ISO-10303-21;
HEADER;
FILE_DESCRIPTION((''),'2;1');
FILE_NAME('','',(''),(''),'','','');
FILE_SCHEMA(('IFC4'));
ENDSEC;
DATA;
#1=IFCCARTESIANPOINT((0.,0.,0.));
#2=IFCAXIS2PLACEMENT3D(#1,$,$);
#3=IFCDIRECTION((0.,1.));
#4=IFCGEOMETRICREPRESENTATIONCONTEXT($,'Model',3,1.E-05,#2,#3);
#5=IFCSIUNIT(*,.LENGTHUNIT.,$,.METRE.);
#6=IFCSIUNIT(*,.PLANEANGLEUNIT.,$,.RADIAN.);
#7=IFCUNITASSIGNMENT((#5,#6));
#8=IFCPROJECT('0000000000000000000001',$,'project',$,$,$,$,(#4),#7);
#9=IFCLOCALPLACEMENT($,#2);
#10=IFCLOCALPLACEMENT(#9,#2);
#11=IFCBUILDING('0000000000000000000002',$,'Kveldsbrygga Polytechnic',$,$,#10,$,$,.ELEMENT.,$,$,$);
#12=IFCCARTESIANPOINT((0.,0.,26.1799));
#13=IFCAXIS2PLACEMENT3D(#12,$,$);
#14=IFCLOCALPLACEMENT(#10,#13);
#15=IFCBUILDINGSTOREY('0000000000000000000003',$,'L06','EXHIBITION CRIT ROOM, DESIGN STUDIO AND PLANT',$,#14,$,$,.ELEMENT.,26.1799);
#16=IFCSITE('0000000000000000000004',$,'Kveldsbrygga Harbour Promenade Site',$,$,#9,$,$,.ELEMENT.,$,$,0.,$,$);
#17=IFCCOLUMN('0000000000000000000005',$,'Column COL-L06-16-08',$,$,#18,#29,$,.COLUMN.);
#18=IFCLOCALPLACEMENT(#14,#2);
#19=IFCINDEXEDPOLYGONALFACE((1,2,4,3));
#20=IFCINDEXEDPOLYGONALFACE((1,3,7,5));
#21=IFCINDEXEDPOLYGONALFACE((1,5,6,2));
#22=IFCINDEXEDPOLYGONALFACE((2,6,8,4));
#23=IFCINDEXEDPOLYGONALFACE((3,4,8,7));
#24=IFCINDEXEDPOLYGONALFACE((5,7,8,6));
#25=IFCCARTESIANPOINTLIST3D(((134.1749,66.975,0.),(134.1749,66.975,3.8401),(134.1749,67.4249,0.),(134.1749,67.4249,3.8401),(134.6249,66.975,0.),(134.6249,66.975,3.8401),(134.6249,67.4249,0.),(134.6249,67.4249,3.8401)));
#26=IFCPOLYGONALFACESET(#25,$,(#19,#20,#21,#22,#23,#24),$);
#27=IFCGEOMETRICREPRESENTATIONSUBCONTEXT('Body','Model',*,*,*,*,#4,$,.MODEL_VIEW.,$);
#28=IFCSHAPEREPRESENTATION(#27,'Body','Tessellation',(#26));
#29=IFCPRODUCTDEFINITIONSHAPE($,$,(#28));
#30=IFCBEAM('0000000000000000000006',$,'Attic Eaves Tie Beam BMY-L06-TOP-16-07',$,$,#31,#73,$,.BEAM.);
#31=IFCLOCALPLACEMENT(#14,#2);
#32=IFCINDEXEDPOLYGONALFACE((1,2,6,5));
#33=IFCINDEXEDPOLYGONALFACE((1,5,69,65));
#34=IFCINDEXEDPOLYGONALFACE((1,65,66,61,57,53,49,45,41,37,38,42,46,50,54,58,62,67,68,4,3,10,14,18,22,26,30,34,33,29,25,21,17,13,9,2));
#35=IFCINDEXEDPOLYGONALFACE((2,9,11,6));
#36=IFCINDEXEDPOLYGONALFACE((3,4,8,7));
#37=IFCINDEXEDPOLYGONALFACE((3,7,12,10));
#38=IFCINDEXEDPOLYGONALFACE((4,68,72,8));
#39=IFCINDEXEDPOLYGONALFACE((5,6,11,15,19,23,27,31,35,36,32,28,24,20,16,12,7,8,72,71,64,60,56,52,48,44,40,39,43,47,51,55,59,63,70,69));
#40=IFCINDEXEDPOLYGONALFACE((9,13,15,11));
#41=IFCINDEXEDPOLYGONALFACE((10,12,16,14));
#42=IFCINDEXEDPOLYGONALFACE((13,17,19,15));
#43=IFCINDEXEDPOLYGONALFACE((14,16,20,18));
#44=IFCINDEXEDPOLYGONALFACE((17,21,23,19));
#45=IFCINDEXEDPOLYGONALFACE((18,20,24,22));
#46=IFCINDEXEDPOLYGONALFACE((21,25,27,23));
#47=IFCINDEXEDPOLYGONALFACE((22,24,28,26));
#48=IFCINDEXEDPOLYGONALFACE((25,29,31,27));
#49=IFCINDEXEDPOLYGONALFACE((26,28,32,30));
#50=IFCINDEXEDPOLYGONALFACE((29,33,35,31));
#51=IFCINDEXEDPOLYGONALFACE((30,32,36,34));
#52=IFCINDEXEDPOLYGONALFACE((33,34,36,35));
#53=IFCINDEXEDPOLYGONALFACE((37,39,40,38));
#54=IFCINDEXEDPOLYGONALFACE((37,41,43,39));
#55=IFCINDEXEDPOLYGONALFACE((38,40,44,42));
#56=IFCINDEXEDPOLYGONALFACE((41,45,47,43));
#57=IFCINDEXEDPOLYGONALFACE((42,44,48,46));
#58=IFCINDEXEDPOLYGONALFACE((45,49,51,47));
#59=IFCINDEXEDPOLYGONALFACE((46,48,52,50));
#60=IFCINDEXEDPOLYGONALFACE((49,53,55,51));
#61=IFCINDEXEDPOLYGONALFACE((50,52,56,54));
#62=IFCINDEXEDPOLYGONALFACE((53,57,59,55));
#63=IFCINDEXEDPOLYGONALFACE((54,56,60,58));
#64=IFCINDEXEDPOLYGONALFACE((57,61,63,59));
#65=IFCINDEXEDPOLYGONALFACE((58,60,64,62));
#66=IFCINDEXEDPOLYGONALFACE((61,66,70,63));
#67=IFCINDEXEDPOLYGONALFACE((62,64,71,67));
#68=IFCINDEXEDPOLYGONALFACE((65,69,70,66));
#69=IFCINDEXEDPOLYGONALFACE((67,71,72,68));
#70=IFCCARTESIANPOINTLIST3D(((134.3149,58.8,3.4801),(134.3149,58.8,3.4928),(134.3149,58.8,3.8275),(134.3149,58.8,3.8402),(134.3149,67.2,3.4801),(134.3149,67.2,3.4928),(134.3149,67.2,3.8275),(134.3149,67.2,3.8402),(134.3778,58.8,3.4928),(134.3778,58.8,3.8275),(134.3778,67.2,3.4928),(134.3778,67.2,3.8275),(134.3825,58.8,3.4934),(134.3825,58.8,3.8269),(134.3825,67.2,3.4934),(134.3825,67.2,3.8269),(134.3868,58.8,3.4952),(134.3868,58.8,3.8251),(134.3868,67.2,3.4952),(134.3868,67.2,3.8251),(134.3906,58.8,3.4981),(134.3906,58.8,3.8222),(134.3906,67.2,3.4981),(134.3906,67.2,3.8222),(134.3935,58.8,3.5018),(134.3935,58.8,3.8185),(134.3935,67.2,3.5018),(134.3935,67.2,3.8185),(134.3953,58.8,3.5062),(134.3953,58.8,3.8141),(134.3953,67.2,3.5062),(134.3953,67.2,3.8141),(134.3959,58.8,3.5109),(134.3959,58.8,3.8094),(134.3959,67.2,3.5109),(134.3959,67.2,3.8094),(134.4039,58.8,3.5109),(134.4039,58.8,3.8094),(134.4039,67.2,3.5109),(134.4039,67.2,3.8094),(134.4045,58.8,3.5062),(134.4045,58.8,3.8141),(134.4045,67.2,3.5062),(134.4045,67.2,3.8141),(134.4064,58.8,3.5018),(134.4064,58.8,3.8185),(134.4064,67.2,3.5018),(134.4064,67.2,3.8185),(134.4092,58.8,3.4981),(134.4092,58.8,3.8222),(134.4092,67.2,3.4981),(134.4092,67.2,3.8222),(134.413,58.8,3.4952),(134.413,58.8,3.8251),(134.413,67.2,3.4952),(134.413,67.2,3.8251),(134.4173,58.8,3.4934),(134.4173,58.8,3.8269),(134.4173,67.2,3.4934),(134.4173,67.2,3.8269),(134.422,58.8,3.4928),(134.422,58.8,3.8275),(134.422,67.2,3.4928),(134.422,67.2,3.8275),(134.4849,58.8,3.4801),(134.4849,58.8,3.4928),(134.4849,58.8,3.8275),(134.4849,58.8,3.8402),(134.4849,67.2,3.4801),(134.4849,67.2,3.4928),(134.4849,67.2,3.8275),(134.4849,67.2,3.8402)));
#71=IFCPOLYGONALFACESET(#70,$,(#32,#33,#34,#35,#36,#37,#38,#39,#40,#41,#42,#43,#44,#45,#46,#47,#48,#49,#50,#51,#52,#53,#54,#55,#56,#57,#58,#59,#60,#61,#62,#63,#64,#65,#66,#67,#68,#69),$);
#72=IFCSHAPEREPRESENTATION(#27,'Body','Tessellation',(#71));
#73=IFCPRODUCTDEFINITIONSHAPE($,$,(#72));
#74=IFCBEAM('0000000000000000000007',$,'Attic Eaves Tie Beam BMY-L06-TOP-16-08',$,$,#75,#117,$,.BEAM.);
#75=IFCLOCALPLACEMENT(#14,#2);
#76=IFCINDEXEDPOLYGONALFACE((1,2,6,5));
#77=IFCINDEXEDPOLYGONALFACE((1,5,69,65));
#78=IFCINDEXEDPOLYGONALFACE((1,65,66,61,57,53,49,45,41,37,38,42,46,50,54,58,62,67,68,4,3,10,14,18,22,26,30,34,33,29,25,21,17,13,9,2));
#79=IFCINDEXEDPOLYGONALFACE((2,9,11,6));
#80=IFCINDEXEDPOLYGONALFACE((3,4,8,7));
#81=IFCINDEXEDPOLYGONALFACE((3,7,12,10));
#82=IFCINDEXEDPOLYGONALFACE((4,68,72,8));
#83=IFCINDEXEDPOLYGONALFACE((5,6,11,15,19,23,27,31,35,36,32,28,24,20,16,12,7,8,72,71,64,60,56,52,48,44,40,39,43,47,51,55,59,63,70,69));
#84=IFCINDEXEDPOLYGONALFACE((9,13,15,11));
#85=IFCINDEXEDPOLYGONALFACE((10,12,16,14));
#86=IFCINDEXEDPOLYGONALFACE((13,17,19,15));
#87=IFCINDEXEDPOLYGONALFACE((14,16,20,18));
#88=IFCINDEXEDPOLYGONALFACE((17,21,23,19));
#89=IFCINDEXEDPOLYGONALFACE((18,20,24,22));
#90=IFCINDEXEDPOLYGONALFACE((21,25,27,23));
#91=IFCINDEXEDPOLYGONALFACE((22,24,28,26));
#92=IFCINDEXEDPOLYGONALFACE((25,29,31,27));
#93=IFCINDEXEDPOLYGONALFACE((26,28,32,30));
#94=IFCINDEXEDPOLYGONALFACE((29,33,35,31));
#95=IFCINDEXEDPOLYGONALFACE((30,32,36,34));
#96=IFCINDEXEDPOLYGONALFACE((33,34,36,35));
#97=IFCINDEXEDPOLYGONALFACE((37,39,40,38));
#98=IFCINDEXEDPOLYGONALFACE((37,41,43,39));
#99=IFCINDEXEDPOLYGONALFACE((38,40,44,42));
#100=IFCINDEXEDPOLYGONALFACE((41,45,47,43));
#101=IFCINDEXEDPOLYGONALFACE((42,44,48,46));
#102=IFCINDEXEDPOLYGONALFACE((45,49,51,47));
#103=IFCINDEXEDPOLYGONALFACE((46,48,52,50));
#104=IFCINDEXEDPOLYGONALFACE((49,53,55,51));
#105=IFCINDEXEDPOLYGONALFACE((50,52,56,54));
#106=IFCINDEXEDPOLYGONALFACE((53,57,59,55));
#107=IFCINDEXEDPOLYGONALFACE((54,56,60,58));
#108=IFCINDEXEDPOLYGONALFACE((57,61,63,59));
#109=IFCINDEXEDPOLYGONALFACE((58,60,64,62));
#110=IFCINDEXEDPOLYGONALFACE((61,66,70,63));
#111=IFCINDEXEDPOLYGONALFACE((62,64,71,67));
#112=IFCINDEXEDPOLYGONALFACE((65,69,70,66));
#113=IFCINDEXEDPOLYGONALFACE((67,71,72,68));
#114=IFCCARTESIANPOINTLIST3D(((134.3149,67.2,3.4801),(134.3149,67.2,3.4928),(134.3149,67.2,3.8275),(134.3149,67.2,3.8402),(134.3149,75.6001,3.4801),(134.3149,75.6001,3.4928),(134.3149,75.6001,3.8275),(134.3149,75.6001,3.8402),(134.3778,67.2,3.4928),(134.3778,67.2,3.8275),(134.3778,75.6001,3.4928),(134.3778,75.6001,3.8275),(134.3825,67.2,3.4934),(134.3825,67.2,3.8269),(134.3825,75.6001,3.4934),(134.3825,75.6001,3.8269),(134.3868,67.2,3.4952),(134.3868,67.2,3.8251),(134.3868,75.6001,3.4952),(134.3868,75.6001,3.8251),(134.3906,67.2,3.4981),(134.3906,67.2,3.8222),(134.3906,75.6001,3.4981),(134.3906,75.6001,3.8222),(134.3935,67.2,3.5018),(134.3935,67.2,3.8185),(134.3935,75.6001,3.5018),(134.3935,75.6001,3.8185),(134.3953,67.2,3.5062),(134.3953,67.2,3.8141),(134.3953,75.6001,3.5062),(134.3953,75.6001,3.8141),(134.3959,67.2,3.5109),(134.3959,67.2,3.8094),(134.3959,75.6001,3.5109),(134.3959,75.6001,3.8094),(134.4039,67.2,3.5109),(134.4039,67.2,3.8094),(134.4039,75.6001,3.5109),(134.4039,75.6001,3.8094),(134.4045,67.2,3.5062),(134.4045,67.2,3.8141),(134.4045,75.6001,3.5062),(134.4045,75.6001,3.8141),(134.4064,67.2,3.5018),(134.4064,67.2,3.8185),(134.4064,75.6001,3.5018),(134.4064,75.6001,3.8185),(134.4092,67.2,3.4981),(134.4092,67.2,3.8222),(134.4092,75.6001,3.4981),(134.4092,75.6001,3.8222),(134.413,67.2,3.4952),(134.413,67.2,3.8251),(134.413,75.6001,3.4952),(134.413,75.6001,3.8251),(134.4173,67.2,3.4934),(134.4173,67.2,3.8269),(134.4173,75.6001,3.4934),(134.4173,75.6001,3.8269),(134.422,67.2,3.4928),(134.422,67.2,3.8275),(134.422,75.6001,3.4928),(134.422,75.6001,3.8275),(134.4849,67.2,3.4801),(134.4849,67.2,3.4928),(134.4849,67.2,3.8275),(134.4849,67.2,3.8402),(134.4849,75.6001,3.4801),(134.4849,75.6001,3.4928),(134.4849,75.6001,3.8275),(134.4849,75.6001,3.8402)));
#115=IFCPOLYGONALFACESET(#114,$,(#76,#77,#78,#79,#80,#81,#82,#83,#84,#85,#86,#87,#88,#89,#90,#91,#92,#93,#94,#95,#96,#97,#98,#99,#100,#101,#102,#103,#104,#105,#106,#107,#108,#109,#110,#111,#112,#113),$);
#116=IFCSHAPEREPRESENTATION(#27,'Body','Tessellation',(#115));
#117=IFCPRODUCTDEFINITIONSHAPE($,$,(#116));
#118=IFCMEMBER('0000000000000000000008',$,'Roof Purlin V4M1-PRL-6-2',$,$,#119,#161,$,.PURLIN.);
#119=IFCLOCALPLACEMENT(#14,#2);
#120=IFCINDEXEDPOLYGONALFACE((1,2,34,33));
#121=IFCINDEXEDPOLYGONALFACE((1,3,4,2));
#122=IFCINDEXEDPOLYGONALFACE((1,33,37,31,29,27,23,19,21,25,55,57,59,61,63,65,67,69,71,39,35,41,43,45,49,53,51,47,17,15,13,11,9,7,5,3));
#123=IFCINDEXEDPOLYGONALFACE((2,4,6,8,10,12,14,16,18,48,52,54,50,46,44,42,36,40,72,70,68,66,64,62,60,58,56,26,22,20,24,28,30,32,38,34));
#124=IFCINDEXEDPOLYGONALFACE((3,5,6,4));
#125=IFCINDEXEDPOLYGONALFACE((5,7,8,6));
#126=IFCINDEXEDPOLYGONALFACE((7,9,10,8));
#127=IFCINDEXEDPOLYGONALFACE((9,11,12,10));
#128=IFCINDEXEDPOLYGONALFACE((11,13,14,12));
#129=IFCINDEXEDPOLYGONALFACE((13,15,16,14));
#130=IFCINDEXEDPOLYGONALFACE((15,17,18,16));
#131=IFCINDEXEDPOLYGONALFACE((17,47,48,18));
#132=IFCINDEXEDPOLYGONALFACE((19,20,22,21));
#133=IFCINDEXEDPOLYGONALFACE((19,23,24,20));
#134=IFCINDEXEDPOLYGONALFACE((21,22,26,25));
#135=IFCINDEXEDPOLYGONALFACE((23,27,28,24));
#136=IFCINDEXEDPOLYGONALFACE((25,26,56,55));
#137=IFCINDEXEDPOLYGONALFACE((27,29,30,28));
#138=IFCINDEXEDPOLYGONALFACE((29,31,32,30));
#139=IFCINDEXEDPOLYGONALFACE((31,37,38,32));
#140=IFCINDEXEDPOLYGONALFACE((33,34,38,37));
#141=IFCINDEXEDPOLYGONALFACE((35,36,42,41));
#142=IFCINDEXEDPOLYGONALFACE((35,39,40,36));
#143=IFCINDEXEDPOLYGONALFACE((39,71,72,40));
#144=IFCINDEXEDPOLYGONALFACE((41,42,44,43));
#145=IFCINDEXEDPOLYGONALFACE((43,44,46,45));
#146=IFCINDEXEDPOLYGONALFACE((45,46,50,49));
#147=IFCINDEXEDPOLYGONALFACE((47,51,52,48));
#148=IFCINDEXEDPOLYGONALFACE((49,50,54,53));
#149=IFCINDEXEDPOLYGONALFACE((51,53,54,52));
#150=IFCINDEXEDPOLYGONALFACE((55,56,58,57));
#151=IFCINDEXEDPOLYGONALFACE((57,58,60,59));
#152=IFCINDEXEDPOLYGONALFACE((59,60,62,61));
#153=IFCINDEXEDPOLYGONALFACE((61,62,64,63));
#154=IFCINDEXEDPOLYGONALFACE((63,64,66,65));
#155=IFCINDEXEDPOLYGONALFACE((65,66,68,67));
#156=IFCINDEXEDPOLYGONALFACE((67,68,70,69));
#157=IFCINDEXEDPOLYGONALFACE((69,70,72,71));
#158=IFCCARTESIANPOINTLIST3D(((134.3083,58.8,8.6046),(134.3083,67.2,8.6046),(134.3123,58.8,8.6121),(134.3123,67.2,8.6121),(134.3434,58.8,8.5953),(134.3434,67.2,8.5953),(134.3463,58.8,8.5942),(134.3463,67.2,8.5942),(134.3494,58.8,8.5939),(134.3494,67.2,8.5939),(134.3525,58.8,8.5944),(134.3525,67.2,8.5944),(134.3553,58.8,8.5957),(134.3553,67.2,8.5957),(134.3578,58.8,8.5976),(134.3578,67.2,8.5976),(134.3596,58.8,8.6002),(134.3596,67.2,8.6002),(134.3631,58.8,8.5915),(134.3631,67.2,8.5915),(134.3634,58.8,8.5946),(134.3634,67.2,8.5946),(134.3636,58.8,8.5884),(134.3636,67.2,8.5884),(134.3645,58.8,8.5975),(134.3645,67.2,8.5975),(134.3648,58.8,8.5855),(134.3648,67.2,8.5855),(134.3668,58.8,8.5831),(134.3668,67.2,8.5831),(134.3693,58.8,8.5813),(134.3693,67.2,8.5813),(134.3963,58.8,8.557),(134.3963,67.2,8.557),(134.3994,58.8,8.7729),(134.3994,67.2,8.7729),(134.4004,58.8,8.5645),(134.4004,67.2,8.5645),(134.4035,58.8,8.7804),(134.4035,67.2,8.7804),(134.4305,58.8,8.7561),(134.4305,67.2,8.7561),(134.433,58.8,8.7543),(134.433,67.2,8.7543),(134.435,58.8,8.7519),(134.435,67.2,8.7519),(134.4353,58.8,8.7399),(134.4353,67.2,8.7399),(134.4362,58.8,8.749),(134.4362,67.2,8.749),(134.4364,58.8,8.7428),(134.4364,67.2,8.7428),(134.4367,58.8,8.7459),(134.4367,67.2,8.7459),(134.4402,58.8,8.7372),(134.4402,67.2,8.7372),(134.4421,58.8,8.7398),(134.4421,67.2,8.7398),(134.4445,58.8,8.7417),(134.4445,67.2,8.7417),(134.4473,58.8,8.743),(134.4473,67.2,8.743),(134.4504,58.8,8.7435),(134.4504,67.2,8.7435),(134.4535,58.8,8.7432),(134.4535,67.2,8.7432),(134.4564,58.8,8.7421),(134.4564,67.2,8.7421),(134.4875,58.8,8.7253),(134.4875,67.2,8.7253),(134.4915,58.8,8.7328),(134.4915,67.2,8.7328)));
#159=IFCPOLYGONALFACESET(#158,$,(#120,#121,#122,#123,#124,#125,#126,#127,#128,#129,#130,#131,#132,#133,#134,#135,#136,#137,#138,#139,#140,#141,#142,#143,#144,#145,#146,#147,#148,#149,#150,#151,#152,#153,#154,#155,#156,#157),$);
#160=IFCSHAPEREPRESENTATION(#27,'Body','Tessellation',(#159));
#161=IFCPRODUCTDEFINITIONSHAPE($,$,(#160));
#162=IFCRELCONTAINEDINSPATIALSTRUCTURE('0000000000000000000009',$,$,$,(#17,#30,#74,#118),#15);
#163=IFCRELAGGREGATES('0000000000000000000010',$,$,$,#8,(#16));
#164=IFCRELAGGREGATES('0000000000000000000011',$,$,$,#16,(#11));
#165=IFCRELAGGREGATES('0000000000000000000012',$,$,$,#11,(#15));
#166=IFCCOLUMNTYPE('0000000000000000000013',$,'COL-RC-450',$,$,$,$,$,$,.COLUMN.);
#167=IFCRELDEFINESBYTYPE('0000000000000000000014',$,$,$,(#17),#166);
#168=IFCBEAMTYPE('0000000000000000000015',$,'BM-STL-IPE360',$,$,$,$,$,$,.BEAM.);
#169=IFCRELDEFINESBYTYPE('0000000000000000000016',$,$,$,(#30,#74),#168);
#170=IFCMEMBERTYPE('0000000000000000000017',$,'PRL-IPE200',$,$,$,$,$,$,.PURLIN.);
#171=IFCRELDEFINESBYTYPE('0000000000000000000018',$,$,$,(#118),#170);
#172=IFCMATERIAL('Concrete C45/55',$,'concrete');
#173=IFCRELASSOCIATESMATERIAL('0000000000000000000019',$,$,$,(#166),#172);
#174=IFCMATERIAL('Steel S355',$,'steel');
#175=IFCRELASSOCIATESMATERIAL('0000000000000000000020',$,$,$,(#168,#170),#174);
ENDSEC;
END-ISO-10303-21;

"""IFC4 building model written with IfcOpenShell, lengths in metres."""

from ifc_helpers import new_model, si_unit, direction, frame, origin, origin_2d, place, context, subcontext, project, spatial, rectangle, i_section, extrude, material, material_profile, profile_set, type_object, element, save


model = new_model("IFC4")

# Units and contexts
model_context = context("Model", 3, precision=1e-05, world=origin(), true_north=direction((0.0, 1.0)))
body_context = subcontext(model_context, "Body", "Model", "MODEL_VIEW")
ifc_project = project(units=[si_unit("LENGTHUNIT", "METRE"), si_unit("PLANEANGLEUNIT", "RADIAN")], contexts=[model_context])

# Site, building, storey
site_placement = place(None, origin())
site = spatial("IfcSite", under=ifc_project, at=site_placement, Name="Kveldsbrygga Harbour Promenade Site", CompositionType="ELEMENT", RefElevation=0.0)
building_placement = place(site_placement, origin())
building = spatial("IfcBuilding", under=site, at=building_placement, Name="Kveldsbrygga Polytechnic", CompositionType="ELEMENT")
storey_placement = place(building_placement, frame((0.0, 0.0, 26.1799)))
storey = spatial("IfcBuildingStorey", under=building, at=storey_placement, Name="L06", Description="EXHIBITION CRIT ROOM, DESIGN STUDIO AND PLANT", CompositionType="ELEMENT", Elevation=26.1799)

# Column
ifc_material_1 = material(Name="Concrete C45/55", Category="concrete")
ifc_material_profile_1 = material_profile(ifc_material_1, rectangle(XDim=0.45, YDim=0.45, at=origin_2d()), Name="RC 450x450")
ifc_profile_set_1 = profile_set([ifc_material_profile_1], Name="Concrete C45/55")
column_type = type_object("IfcColumnType", Name="COL-RC-450", PredefinedType="COLUMN", material=ifc_profile_set_1)
column_placement = place(storey_placement, frame((134.3999, 67.2, 0.0), z_axis=(0.0, 0.0, 1.0), x_axis=(1.0, 0.0, 0.0)))
element("IfcColumn", 1, at=column_placement, inside=storey, type_object=column_type, Name="Column COL-L06-16-08", PredefinedType="COLUMN", context=body_context, shape_type="SweptSolid", body=[
    extrude(rectangle(XDim=0.45, YDim=0.45, at=origin_2d()), origin(), (0.0, 0.0, 1.0), 3.8401),
])

# Beams
ifc_material_2 = material(Name="Steel S355", Category="steel")
ifc_material_profile_2 = material_profile(ifc_material_2, i_section(OverallWidth=0.1699, OverallDepth=0.3601, WebThickness=0.0081, FlangeThickness=0.0127, FilletRadius=0.0181, at=origin_2d()), Name="IPE 360")
ifc_profile_set_2 = profile_set([ifc_material_profile_2], Name="Steel S355")
beam_type = type_object("IfcBeamType", Name="BM-STL-IPE360", PredefinedType="BEAM", material=ifc_profile_set_2)
beam_1_placement = place(storey_placement, frame((134.3999, 58.8, 3.6602), z_axis=(0.0, 1.0, 0.0), x_axis=(-1.0, 0.0, 0.0)))
element("IfcBeam", 2, at=beam_1_placement, inside=storey, type_object=beam_type, Name="Attic Eaves Tie Beam BMY-L06-TOP-16-07", PredefinedType="BEAM", context=body_context, shape_type="SweptSolid", body=[
    extrude(i_section(OverallWidth=0.1699, OverallDepth=0.3601, WebThickness=0.0081, FlangeThickness=0.0127, FilletRadius=0.0181, at=origin_2d()), origin(), (0.0, 0.0, 1.0), 8.3999),
])
beam_2_placement = place(storey_placement, frame((134.3999, 67.2, 3.6602), z_axis=(0.0, 1.0, 0.0), x_axis=(-1.0, 0.0, 0.0)))
element("IfcBeam", 3, at=beam_2_placement, inside=storey, type_object=beam_type, Name="Attic Eaves Tie Beam BMY-L06-TOP-16-08", PredefinedType="BEAM", context=body_context, shape_type="SweptSolid", body=[
    extrude(i_section(OverallWidth=0.1699, OverallDepth=0.3601, WebThickness=0.0081, FlangeThickness=0.0127, FilletRadius=0.0181, at=origin_2d()), origin(), (0.0, 0.0, 1.0), 8.4001),
])

# Member
ifc_material_profile_3 = material_profile(ifc_material_2, i_section(OverallWidth=0.1001, OverallDepth=0.2, WebThickness=0.0056, FlangeThickness=0.0085, FilletRadius=0.012, at=origin_2d()), Name="IPE 200")
ifc_profile_set_3 = profile_set([ifc_material_profile_3], Name="Steel S355")
member_type_1 = type_object("IfcMemberType", Name="PRL-IPE200", PredefinedType="PURLIN", material=ifc_profile_set_3)
for number, where, z_axis, x_axis, name in (
    (4, (134.3999, 58.8, 8.6687), (0.0, 1.0, 0.0), (-0.879292, 0.0, 0.476283), "Roof Purlin V4M1-PRL-6-2"),
):
    element("IfcMember", number, at=place(storey_placement, frame(where, z_axis=z_axis, x_axis=x_axis)), inside=storey, type_object=member_type_1, Name=name, PredefinedType="PURLIN", context=body_context, shape_type="SweptSolid", body=[
        extrude(i_section(OverallWidth=0.1001, OverallDepth=0.2, WebThickness=0.0056, FlangeThickness=0.0085, FilletRadius=0.012, at=origin_2d()), origin(), (0.0, 0.0, 1.0), 8.3999),
    ])

save(model, "model.ifc")
